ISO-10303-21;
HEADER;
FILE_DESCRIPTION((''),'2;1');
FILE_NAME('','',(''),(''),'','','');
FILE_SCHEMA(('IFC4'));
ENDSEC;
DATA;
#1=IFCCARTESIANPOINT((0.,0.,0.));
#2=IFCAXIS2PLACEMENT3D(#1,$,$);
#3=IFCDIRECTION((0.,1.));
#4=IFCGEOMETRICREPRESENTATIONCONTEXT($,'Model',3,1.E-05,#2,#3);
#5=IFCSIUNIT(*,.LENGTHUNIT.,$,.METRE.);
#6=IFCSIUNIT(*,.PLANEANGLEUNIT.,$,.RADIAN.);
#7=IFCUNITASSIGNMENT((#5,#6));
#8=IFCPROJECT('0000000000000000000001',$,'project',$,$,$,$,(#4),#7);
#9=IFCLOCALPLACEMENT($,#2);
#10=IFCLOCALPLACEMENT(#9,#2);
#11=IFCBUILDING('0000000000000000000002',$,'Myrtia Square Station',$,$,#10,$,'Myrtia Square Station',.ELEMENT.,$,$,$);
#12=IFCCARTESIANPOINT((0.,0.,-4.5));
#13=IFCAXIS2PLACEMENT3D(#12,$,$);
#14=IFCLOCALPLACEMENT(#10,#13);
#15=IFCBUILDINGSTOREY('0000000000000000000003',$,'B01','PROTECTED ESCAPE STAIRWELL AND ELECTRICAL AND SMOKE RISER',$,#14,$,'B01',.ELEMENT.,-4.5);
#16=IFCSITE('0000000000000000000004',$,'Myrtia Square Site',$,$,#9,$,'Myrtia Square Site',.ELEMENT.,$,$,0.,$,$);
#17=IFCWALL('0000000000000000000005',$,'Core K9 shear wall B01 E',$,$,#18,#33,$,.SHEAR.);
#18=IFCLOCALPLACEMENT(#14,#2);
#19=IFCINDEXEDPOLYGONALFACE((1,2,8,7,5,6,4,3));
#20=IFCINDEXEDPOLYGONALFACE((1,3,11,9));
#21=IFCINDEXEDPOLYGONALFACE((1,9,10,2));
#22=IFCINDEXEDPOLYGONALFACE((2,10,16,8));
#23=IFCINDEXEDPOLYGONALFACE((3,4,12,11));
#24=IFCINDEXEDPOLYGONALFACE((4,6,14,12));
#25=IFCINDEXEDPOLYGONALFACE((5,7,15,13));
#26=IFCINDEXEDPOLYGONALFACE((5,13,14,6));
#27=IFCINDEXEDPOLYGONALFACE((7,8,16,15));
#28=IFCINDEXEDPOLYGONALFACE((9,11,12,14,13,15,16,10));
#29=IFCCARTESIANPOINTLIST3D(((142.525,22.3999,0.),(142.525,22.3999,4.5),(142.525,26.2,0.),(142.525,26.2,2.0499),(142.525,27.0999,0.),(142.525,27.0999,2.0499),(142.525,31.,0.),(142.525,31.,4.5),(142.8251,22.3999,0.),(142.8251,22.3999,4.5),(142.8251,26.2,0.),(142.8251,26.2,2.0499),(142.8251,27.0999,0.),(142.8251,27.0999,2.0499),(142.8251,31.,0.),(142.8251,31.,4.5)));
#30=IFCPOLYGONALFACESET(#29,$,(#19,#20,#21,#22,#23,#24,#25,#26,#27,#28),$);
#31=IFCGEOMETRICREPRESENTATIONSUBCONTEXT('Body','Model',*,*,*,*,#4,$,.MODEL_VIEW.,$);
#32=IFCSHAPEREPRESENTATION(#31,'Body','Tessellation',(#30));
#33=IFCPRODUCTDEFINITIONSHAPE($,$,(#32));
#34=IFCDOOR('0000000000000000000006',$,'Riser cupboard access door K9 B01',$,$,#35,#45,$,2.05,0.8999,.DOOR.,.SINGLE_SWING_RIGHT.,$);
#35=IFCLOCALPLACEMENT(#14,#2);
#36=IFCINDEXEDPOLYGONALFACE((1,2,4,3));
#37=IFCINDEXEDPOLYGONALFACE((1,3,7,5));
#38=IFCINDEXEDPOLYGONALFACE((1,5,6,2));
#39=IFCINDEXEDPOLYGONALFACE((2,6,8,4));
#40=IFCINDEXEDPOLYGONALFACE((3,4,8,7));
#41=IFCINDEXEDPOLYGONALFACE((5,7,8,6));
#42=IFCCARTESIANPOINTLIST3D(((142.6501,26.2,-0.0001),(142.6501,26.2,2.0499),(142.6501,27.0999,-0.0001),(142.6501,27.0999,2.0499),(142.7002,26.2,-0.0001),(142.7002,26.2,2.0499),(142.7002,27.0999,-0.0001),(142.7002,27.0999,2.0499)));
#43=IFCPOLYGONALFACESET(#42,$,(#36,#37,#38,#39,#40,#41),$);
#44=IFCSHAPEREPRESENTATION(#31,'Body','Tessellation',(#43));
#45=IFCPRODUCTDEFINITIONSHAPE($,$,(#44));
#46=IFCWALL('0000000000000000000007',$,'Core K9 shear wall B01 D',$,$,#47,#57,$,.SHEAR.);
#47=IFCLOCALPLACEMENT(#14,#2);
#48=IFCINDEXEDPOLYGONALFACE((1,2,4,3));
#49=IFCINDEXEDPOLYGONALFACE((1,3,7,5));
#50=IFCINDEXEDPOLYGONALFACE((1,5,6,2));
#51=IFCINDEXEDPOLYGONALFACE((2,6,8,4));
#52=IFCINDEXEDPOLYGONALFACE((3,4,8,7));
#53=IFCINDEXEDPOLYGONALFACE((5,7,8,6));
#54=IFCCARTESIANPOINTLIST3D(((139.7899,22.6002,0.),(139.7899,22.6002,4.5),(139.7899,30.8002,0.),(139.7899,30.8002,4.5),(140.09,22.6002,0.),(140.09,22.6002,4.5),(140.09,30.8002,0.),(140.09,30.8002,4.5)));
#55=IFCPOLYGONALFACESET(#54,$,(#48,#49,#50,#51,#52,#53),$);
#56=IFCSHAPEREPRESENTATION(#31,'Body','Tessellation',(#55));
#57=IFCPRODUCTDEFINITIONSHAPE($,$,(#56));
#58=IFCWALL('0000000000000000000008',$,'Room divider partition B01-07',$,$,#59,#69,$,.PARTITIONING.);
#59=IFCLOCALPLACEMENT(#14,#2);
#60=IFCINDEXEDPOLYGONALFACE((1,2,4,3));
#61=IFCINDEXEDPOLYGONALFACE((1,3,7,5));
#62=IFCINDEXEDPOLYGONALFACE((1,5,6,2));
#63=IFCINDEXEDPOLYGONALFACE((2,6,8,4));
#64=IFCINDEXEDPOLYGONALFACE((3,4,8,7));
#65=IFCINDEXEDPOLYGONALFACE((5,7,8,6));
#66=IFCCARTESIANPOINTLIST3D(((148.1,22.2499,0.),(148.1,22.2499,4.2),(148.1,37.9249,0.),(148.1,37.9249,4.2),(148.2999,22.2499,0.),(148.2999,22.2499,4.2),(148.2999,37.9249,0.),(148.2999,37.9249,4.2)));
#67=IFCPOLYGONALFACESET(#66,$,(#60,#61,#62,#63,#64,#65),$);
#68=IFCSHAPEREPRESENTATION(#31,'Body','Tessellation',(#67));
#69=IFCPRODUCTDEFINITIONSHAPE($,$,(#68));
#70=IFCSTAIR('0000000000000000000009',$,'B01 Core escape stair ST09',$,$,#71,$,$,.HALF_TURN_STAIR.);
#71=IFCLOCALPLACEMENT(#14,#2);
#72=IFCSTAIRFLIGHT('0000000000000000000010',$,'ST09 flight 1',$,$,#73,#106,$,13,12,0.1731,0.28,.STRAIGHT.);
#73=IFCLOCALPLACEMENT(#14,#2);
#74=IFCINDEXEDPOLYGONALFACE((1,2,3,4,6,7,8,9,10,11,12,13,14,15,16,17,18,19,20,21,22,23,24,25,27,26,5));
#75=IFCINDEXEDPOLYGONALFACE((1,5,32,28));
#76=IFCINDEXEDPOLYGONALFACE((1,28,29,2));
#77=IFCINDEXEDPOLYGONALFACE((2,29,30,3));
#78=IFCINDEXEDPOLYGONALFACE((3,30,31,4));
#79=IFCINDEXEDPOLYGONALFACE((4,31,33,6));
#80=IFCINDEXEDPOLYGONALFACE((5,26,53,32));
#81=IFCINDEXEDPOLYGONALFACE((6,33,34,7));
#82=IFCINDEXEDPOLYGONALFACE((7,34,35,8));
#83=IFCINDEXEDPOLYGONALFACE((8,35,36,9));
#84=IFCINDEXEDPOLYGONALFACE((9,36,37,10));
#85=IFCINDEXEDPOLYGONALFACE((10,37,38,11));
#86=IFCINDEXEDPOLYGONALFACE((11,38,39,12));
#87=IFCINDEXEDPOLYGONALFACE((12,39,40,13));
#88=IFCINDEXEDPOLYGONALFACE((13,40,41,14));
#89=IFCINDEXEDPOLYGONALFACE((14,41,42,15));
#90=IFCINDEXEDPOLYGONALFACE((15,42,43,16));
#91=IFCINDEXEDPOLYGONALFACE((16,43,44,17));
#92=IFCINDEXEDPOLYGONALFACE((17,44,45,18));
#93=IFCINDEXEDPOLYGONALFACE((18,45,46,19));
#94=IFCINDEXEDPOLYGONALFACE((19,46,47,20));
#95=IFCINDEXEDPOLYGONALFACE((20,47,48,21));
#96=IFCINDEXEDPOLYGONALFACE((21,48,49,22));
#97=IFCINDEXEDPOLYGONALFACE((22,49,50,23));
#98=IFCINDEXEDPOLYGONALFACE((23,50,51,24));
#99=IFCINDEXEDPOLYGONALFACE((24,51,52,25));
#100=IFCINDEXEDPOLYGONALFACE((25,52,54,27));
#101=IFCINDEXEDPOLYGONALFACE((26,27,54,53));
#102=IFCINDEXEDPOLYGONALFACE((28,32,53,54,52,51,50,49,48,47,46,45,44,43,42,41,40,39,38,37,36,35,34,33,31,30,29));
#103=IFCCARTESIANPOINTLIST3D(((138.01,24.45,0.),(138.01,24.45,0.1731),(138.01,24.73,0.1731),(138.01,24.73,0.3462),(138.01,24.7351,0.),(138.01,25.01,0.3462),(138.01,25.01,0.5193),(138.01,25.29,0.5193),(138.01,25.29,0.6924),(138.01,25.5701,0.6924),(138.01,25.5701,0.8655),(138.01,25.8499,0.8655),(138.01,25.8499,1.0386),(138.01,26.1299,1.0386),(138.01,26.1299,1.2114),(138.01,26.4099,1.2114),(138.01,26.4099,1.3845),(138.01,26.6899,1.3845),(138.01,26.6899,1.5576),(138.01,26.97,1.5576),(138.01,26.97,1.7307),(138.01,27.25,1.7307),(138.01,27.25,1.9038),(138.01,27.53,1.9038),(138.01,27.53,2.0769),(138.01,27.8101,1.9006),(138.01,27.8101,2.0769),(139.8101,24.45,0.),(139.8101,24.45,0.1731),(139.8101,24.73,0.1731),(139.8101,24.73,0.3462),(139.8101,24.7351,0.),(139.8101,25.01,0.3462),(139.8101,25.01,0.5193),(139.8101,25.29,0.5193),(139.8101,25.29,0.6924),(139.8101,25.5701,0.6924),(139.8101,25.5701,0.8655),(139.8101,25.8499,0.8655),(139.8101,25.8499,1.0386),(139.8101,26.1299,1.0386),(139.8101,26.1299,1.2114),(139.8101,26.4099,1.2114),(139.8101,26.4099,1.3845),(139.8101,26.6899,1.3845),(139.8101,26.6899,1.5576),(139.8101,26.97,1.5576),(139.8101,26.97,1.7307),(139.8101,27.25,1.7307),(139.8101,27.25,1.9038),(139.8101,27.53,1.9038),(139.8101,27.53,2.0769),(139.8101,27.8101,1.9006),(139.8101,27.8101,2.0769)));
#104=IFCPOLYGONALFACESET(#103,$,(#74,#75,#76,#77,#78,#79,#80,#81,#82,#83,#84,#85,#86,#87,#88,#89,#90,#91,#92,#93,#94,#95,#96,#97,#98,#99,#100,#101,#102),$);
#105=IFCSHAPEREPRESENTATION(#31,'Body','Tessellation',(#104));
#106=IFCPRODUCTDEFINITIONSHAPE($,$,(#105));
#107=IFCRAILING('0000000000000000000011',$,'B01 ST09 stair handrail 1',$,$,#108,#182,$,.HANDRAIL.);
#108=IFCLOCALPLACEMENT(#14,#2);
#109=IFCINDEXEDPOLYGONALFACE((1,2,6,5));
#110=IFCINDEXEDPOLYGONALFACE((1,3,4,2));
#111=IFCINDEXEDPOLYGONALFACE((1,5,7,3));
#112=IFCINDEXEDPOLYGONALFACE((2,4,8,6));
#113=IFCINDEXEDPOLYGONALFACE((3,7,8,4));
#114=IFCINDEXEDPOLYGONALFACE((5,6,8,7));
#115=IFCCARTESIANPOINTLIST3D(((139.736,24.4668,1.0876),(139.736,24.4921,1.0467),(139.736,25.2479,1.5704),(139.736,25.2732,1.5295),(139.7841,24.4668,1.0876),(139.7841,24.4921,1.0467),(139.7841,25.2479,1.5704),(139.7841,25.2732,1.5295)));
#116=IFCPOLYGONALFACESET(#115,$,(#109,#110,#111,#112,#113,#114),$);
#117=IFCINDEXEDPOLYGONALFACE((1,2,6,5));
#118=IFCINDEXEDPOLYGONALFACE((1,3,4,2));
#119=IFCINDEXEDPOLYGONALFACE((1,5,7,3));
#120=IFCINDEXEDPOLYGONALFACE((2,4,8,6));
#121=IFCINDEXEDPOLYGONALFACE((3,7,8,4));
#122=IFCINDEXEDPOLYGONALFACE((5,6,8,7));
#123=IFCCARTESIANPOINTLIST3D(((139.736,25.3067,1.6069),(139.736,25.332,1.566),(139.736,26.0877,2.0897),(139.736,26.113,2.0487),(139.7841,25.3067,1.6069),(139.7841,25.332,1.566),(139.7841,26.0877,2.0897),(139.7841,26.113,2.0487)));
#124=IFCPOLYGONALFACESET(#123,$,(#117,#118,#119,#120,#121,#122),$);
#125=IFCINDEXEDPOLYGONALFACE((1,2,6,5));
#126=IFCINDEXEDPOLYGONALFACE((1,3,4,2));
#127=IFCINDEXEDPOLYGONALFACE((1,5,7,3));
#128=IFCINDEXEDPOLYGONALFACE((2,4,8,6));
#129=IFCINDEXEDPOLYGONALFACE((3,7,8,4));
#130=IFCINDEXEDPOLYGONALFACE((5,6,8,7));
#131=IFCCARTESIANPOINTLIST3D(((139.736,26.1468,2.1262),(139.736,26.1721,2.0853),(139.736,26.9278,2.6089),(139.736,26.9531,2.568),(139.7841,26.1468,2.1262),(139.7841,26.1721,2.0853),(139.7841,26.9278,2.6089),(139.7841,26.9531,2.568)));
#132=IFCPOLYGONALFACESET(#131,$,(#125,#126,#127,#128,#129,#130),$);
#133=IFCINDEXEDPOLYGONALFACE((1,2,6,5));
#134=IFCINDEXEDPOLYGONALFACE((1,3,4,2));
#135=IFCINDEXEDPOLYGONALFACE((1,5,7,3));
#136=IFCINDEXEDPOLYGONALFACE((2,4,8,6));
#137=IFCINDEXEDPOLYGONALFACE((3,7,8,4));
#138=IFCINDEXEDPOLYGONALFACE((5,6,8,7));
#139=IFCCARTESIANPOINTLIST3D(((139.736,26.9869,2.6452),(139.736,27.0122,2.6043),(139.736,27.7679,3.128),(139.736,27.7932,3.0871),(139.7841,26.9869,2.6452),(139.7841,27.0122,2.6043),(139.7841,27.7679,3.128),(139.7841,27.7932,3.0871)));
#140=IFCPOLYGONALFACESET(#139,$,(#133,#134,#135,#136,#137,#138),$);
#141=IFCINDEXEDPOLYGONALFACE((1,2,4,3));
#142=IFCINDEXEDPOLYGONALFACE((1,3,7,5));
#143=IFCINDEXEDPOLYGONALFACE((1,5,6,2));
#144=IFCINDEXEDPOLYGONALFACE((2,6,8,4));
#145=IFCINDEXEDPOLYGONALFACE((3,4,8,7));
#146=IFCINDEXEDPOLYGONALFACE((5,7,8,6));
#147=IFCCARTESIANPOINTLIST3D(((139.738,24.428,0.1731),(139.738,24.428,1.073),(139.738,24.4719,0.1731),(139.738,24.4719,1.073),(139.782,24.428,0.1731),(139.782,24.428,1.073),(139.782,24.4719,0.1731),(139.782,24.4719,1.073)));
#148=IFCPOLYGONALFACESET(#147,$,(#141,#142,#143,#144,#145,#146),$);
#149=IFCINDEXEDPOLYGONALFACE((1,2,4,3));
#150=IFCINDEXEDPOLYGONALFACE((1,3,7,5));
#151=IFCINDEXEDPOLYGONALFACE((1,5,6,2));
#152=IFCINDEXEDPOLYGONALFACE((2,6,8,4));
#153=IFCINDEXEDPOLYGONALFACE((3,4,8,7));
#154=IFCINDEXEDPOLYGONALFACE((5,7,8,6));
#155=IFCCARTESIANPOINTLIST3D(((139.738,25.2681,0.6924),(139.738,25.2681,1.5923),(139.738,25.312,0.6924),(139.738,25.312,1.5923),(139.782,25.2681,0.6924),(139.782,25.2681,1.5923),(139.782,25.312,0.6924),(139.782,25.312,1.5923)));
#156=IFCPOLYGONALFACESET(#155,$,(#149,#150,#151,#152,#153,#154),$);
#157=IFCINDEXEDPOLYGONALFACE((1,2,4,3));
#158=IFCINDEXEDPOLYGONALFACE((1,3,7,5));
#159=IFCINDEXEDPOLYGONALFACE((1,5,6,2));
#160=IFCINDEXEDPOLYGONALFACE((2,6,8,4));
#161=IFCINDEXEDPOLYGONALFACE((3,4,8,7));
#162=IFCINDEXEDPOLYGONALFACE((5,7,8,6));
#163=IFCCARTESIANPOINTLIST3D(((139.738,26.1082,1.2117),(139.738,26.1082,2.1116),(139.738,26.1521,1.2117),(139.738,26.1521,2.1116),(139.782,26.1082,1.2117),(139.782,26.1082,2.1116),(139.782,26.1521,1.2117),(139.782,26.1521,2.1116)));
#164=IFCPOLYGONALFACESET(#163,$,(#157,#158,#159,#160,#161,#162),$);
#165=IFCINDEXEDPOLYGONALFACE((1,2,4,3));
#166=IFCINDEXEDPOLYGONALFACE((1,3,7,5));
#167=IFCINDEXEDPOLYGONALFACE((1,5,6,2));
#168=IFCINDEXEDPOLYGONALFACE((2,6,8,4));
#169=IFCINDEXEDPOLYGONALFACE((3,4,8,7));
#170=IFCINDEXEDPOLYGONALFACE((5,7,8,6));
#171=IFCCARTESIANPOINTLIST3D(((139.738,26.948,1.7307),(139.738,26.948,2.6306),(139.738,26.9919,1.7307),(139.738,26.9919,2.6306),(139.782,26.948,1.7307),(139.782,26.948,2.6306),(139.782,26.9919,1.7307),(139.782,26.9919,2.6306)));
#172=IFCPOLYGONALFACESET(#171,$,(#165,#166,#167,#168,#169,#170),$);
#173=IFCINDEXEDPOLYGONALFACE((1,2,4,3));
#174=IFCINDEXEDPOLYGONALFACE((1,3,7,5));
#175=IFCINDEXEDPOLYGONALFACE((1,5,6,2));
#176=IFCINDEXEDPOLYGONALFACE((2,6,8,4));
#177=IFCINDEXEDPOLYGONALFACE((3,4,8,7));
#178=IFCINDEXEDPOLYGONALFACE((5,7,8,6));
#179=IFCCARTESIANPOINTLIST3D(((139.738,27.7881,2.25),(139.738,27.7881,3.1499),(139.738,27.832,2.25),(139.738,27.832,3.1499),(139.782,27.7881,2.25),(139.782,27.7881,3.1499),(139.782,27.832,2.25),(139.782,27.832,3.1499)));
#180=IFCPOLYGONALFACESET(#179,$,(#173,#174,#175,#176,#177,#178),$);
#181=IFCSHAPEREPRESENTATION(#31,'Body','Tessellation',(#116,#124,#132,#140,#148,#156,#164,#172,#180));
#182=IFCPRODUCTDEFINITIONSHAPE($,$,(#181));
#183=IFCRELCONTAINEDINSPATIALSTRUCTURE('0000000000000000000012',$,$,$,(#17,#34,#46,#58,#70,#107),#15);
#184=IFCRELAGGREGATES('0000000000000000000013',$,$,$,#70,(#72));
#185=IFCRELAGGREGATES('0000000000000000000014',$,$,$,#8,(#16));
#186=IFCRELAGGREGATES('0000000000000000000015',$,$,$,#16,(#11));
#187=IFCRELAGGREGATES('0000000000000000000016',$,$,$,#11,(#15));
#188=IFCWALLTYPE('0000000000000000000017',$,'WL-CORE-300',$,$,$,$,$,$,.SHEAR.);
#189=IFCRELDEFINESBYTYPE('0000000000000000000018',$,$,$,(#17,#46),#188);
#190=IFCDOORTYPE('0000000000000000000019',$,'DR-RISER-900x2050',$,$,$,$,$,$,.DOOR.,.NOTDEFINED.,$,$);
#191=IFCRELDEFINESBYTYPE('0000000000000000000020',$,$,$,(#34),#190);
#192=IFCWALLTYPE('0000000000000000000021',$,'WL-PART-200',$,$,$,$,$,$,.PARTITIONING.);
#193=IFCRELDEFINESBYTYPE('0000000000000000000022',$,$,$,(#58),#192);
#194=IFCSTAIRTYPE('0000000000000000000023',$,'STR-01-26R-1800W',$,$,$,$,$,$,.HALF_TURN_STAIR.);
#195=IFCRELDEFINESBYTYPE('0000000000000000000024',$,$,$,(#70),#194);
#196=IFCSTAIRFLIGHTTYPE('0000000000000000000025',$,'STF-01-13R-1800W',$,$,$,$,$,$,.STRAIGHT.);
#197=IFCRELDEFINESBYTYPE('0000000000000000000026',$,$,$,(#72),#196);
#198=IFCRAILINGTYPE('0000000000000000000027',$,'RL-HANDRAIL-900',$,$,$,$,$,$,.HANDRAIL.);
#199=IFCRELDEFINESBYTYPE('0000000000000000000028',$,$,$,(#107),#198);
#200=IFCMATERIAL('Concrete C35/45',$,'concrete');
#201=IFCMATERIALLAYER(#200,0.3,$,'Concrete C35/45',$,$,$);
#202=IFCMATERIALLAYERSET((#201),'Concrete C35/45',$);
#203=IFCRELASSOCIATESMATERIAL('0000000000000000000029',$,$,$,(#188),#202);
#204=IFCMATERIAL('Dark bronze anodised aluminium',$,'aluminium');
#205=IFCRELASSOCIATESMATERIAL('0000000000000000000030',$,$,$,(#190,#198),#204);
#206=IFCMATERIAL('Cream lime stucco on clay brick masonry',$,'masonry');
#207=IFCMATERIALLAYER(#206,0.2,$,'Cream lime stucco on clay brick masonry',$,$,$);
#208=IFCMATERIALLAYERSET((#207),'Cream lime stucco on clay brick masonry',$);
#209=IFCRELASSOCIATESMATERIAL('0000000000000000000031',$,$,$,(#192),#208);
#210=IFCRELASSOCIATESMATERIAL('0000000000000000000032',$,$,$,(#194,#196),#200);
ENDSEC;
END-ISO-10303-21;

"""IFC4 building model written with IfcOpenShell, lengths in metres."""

from ifc_helpers import new_model, si_unit, direction, frame, frame_2d, origin, origin_2d, place, context, subcontext, project, spatial, polyline, rectangle, outline, extrude, material, layer, layer_set, type_object, element, fill, aggregate, save


model = new_model("IFC4")

# Units and contexts
model_context = context("Model", 3, precision=1e-05, world=origin(), true_north=direction((0.0, 1.0)))
body_context = subcontext(model_context, "Body", "Model", "MODEL_VIEW")
ifc_project = project(units=[si_unit("LENGTHUNIT", "METRE"), si_unit("PLANEANGLEUNIT", "RADIAN")], contexts=[model_context])

# Site, building, storey
site_placement = place(None, origin())
site = spatial("IfcSite", under=ifc_project, at=site_placement, Name="Myrtia Square Site", LongName="Myrtia Square Site", CompositionType="ELEMENT", RefElevation=0.0)
building_placement = place(site_placement, origin())
building = spatial("IfcBuilding", under=site, at=building_placement, Name="Myrtia Square Station", LongName="Myrtia Square Station", CompositionType="ELEMENT")
storey_placement = place(building_placement, frame((0.0, 0.0, -4.5)))
storey = spatial("IfcBuildingStorey", under=building, at=storey_placement, Name="B01", Description="PROTECTED ESCAPE STAIRWELL AND ELECTRICAL AND SMOKE RISER", LongName="B01", CompositionType="ELEMENT", Elevation=-4.5)

# Shared definitions
ifc_material_1 = material(Name="Concrete C35/45", Category="concrete")

# Wall, opening, door
ifc_layer_1 = layer(ifc_material_1, 0.3, Name="Concrete C35/45")
ifc_layer_set_1 = layer_set([ifc_layer_1], Name="Concrete C35/45")
wall_type_1 = type_object("IfcWallType", Name="WL-CORE-300", PredefinedType="SHEAR", material=ifc_layer_set_1)
wall_1_placement = place(storey_placement, frame((142.675, 22.3999, 0.0), z_axis=(0.0, 0.0, 1.0), x_axis=(0.0, 1.0, 0.0)))
wall_1 = element("IfcWall", 1, at=wall_1_placement, inside=storey, type_object=wall_type_1, Name="Core K9 shear wall B01 E", PredefinedType="SHEAR", context=body_context, shape_type="SweptSolid", body=[
    extrude(rectangle(XDim=8.6001, YDim=0.3, at=frame_2d((4.3, 0.0))), origin(), (0.0, 0.0, 1.0), 4.5),
])
opening_placement = place(wall_1_placement, frame((3.8, 0.0, 0.0)))
opening = element("IfcOpeningElement", 2, at=opening_placement, cuts=wall_1, PredefinedType="OPENING", context=body_context, shape_type="SweptSolid", body=[
    extrude(rectangle(XDim=0.8999, YDim=2.05, at=frame_2d((0.45, 1.0249))), frame((0.0, 0.165, 0.0), z_axis=(0.0, -1.0, 0.0), x_axis=(1.0, 0.0, 0.0)), (0.0, 0.0, 1.0), 0.3301),
])
ifc_material_2 = material(Name="Dark bronze anodised aluminium", Category="aluminium")
door_type = type_object("IfcDoorType", Name="DR-RISER-900x2050", OperationType="NOTDEFINED", PredefinedType="DOOR", material=ifc_material_2)
door_placement = place(opening_placement, origin())
door = element("IfcDoor", 3, at=door_placement, inside=storey, type_object=door_type, Name="Riser cupboard access door K9 B01", OperationType="SINGLE_SWING_RIGHT", OverallHeight=2.05, OverallWidth=0.8999, PredefinedType="DOOR", context=body_context, shape_type="SweptSolid", body=[
    extrude(rectangle(XDim=0.8999, YDim=2.05, at=frame_2d((0.45, 1.0249))), frame((0.0, 0.0249, 0.0), z_axis=(0.0, -1.0, 0.0), x_axis=(1.0, 0.0, 0.0)), (0.0, 0.0, 1.0), 0.05),
])
fill(opening, door)

# Walls
wall_2_placement = place(storey_placement, frame((139.9399, 22.6001, 0.0), z_axis=(0.0, 0.0, 1.0), x_axis=(0.0, 1.0, 0.0)))
element("IfcWall", 4, at=wall_2_placement, inside=storey, type_object=wall_type_1, Name="Core K9 shear wall B01 D", PredefinedType="SHEAR", context=body_context, shape_type="SweptSolid", body=[
    extrude(rectangle(XDim=8.2, YDim=0.3, at=frame_2d((4.1001, 0.0))), origin(), (0.0, 0.0, 1.0), 4.5),
])
ifc_material_3 = material(Name="Cream lime stucco on clay brick masonry", Category="masonry")
ifc_layer_2 = layer(ifc_material_3, 0.2, Name="Cream lime stucco on clay brick masonry")
ifc_layer_set_2 = layer_set([ifc_layer_2], Name="Cream lime stucco on clay brick masonry")
wall_type_2 = type_object("IfcWallType", Name="WL-PART-200", PredefinedType="PARTITIONING", material=ifc_layer_set_2)
wall_3_placement = place(storey_placement, frame((148.2, 22.25, 0.0), z_axis=(0.0, 0.0, 1.0), x_axis=(0.0, 1.0, 0.0)))
element("IfcWall", 5, at=wall_3_placement, inside=storey, type_object=wall_type_2, Name="Room divider partition B01-07", PredefinedType="PARTITIONING", context=body_context, shape_type="SweptSolid", body=[
    extrude(rectangle(XDim=15.675, YDim=0.2, at=frame_2d((7.8374, 0.0))), origin(), (0.0, 0.0, 1.0), 4.2),
])

# Stair, stair flight
stair_type = type_object("IfcStairType", Name="STR-01-26R-1800W", PredefinedType="HALF_TURN_STAIR", material=ifc_material_1)
stair_placement = place(storey_placement, origin())
stair = element("IfcStair", 6, at=stair_placement, inside=storey, type_object=stair_type, Name="B01 Core escape stair ST09", PredefinedType="HALF_TURN_STAIR")
stair_flight_type = type_object("IfcStairFlightType", Name="STF-01-13R-1800W", PredefinedType="STRAIGHT", material=ifc_material_1)
stair_flight_placement = place(storey_placement, frame((138.9099, 24.45, 0.0), z_axis=(0.0, 0.0, 1.0), x_axis=(0.0, 1.0, 0.0)))
stair_flight = element("IfcStairFlight", 7, at=stair_flight_placement, type_object=stair_flight_type, Name="ST09 flight 1", NumberOfRisers=13, NumberOfTreads=12, PredefinedType="STRAIGHT", RiserHeight=0.1731, TreadLength=0.28, context=body_context, shape_type="SweptSolid", body=[
    extrude(outline(polyline([(0.0, 0.0), (0.0, 0.1731), (0.28, 0.1731), (0.28, 0.3462), (0.5601, 0.3462), (0.5601, 0.5193), (0.8401, 0.5193), (0.8401, 0.6924), (1.1201, 0.6924), (1.1201, 0.8655), (1.3999, 0.8655), (1.3999, 1.0386), (1.6799, 1.0386), (1.6799, 1.2114), (1.96, 1.2114), (1.96, 1.3845), (2.24, 1.3845), (2.24, 1.5576), (2.52, 1.5576), (2.52, 1.7307), (2.8, 1.7307), (2.8, 1.9038), (3.0801, 1.9038), (3.0801, 2.0769), (3.3601, 2.0769), (3.3601, 2.25), (3.3601, 1.9006), (0.2852, 0.0), (0.0, 0.0)])), frame((0.0, 0.8999, 0.0), z_axis=(0.0, -1.0, 0.0), x_axis=(1.0, 0.0, 0.0)), (0.0, 0.0, 1.0), 1.8),
])
aggregate(stair, [stair_flight])

# Railing
railing_type = type_object("IfcRailingType", Name="RL-HANDRAIL-900", PredefinedType="HANDRAIL", material=ifc_material_2)
railing_placement = place(storey_placement, frame((139.76, 24.45, 0.1731)))
element("IfcRailing", 8, at=railing_placement, inside=storey, type_object=railing_type, Name="B01 ST09 stair handrail 1", PredefinedType="HANDRAIL", context=body_context, shape_type="SweptSolid", body=[
    extrude(rectangle(XDim=0.0481, YDim=0.0481, at=origin_2d()), frame((0.0, 0.0295, 0.894), z_axis=(0.0, 0.850623, 0.525776), x_axis=(-1.0, 0.0, 0.0)), (0.0, 0.0, 1.0), 0.9182),
    extrude(rectangle(XDim=0.0481, YDim=0.0481, at=origin_2d()), frame((0.0, 0.8694, 1.4133), z_axis=(0.0, 0.850623, 0.525776), x_axis=(-1.0, 0.0, 0.0)), (0.0, 0.0, 1.0), 0.9182),
    extrude(rectangle(XDim=0.0481, YDim=0.0481, at=origin_2d()), frame((0.0, 1.7095, 1.9326), z_axis=(0.0, 0.850623, 0.525776), x_axis=(-1.0, 0.0, 0.0)), (0.0, 0.0, 1.0), 0.9182),
    extrude(rectangle(XDim=0.0481, YDim=0.0481, at=origin_2d()), frame((0.0, 2.5496, 2.4517), z_axis=(0.0, 0.850623, 0.525776), x_axis=(-1.0, 0.0, 0.0)), (0.0, 0.0, 1.0), 0.9182),
    extrude(rectangle(XDim=0.0439, YDim=0.0439, at=origin_2d()), origin(), (0.0, 0.0, 1.0), 0.8999),
    extrude(rectangle(XDim=0.0439, YDim=0.0439, at=origin_2d()), frame((0.0, 0.8401, 0.5193)), (0.0, 0.0, 1.0), 0.8999),
    extrude(rectangle(XDim=0.0439, YDim=0.0439, at=origin_2d()), frame((0.0, 1.6802, 1.0386)), (0.0, 0.0, 1.0), 0.8999),
    extrude(rectangle(XDim=0.0439, YDim=0.0439, at=origin_2d()), frame((0.0, 2.52, 1.5576)), (0.0, 0.0, 1.0), 0.8999),
    extrude(rectangle(XDim=0.0439, YDim=0.0439, at=origin_2d()), frame((0.0, 3.3601, 2.0769)), (0.0, 0.0, 1.0), 0.8999),
])

save(model, "model.ifc")
